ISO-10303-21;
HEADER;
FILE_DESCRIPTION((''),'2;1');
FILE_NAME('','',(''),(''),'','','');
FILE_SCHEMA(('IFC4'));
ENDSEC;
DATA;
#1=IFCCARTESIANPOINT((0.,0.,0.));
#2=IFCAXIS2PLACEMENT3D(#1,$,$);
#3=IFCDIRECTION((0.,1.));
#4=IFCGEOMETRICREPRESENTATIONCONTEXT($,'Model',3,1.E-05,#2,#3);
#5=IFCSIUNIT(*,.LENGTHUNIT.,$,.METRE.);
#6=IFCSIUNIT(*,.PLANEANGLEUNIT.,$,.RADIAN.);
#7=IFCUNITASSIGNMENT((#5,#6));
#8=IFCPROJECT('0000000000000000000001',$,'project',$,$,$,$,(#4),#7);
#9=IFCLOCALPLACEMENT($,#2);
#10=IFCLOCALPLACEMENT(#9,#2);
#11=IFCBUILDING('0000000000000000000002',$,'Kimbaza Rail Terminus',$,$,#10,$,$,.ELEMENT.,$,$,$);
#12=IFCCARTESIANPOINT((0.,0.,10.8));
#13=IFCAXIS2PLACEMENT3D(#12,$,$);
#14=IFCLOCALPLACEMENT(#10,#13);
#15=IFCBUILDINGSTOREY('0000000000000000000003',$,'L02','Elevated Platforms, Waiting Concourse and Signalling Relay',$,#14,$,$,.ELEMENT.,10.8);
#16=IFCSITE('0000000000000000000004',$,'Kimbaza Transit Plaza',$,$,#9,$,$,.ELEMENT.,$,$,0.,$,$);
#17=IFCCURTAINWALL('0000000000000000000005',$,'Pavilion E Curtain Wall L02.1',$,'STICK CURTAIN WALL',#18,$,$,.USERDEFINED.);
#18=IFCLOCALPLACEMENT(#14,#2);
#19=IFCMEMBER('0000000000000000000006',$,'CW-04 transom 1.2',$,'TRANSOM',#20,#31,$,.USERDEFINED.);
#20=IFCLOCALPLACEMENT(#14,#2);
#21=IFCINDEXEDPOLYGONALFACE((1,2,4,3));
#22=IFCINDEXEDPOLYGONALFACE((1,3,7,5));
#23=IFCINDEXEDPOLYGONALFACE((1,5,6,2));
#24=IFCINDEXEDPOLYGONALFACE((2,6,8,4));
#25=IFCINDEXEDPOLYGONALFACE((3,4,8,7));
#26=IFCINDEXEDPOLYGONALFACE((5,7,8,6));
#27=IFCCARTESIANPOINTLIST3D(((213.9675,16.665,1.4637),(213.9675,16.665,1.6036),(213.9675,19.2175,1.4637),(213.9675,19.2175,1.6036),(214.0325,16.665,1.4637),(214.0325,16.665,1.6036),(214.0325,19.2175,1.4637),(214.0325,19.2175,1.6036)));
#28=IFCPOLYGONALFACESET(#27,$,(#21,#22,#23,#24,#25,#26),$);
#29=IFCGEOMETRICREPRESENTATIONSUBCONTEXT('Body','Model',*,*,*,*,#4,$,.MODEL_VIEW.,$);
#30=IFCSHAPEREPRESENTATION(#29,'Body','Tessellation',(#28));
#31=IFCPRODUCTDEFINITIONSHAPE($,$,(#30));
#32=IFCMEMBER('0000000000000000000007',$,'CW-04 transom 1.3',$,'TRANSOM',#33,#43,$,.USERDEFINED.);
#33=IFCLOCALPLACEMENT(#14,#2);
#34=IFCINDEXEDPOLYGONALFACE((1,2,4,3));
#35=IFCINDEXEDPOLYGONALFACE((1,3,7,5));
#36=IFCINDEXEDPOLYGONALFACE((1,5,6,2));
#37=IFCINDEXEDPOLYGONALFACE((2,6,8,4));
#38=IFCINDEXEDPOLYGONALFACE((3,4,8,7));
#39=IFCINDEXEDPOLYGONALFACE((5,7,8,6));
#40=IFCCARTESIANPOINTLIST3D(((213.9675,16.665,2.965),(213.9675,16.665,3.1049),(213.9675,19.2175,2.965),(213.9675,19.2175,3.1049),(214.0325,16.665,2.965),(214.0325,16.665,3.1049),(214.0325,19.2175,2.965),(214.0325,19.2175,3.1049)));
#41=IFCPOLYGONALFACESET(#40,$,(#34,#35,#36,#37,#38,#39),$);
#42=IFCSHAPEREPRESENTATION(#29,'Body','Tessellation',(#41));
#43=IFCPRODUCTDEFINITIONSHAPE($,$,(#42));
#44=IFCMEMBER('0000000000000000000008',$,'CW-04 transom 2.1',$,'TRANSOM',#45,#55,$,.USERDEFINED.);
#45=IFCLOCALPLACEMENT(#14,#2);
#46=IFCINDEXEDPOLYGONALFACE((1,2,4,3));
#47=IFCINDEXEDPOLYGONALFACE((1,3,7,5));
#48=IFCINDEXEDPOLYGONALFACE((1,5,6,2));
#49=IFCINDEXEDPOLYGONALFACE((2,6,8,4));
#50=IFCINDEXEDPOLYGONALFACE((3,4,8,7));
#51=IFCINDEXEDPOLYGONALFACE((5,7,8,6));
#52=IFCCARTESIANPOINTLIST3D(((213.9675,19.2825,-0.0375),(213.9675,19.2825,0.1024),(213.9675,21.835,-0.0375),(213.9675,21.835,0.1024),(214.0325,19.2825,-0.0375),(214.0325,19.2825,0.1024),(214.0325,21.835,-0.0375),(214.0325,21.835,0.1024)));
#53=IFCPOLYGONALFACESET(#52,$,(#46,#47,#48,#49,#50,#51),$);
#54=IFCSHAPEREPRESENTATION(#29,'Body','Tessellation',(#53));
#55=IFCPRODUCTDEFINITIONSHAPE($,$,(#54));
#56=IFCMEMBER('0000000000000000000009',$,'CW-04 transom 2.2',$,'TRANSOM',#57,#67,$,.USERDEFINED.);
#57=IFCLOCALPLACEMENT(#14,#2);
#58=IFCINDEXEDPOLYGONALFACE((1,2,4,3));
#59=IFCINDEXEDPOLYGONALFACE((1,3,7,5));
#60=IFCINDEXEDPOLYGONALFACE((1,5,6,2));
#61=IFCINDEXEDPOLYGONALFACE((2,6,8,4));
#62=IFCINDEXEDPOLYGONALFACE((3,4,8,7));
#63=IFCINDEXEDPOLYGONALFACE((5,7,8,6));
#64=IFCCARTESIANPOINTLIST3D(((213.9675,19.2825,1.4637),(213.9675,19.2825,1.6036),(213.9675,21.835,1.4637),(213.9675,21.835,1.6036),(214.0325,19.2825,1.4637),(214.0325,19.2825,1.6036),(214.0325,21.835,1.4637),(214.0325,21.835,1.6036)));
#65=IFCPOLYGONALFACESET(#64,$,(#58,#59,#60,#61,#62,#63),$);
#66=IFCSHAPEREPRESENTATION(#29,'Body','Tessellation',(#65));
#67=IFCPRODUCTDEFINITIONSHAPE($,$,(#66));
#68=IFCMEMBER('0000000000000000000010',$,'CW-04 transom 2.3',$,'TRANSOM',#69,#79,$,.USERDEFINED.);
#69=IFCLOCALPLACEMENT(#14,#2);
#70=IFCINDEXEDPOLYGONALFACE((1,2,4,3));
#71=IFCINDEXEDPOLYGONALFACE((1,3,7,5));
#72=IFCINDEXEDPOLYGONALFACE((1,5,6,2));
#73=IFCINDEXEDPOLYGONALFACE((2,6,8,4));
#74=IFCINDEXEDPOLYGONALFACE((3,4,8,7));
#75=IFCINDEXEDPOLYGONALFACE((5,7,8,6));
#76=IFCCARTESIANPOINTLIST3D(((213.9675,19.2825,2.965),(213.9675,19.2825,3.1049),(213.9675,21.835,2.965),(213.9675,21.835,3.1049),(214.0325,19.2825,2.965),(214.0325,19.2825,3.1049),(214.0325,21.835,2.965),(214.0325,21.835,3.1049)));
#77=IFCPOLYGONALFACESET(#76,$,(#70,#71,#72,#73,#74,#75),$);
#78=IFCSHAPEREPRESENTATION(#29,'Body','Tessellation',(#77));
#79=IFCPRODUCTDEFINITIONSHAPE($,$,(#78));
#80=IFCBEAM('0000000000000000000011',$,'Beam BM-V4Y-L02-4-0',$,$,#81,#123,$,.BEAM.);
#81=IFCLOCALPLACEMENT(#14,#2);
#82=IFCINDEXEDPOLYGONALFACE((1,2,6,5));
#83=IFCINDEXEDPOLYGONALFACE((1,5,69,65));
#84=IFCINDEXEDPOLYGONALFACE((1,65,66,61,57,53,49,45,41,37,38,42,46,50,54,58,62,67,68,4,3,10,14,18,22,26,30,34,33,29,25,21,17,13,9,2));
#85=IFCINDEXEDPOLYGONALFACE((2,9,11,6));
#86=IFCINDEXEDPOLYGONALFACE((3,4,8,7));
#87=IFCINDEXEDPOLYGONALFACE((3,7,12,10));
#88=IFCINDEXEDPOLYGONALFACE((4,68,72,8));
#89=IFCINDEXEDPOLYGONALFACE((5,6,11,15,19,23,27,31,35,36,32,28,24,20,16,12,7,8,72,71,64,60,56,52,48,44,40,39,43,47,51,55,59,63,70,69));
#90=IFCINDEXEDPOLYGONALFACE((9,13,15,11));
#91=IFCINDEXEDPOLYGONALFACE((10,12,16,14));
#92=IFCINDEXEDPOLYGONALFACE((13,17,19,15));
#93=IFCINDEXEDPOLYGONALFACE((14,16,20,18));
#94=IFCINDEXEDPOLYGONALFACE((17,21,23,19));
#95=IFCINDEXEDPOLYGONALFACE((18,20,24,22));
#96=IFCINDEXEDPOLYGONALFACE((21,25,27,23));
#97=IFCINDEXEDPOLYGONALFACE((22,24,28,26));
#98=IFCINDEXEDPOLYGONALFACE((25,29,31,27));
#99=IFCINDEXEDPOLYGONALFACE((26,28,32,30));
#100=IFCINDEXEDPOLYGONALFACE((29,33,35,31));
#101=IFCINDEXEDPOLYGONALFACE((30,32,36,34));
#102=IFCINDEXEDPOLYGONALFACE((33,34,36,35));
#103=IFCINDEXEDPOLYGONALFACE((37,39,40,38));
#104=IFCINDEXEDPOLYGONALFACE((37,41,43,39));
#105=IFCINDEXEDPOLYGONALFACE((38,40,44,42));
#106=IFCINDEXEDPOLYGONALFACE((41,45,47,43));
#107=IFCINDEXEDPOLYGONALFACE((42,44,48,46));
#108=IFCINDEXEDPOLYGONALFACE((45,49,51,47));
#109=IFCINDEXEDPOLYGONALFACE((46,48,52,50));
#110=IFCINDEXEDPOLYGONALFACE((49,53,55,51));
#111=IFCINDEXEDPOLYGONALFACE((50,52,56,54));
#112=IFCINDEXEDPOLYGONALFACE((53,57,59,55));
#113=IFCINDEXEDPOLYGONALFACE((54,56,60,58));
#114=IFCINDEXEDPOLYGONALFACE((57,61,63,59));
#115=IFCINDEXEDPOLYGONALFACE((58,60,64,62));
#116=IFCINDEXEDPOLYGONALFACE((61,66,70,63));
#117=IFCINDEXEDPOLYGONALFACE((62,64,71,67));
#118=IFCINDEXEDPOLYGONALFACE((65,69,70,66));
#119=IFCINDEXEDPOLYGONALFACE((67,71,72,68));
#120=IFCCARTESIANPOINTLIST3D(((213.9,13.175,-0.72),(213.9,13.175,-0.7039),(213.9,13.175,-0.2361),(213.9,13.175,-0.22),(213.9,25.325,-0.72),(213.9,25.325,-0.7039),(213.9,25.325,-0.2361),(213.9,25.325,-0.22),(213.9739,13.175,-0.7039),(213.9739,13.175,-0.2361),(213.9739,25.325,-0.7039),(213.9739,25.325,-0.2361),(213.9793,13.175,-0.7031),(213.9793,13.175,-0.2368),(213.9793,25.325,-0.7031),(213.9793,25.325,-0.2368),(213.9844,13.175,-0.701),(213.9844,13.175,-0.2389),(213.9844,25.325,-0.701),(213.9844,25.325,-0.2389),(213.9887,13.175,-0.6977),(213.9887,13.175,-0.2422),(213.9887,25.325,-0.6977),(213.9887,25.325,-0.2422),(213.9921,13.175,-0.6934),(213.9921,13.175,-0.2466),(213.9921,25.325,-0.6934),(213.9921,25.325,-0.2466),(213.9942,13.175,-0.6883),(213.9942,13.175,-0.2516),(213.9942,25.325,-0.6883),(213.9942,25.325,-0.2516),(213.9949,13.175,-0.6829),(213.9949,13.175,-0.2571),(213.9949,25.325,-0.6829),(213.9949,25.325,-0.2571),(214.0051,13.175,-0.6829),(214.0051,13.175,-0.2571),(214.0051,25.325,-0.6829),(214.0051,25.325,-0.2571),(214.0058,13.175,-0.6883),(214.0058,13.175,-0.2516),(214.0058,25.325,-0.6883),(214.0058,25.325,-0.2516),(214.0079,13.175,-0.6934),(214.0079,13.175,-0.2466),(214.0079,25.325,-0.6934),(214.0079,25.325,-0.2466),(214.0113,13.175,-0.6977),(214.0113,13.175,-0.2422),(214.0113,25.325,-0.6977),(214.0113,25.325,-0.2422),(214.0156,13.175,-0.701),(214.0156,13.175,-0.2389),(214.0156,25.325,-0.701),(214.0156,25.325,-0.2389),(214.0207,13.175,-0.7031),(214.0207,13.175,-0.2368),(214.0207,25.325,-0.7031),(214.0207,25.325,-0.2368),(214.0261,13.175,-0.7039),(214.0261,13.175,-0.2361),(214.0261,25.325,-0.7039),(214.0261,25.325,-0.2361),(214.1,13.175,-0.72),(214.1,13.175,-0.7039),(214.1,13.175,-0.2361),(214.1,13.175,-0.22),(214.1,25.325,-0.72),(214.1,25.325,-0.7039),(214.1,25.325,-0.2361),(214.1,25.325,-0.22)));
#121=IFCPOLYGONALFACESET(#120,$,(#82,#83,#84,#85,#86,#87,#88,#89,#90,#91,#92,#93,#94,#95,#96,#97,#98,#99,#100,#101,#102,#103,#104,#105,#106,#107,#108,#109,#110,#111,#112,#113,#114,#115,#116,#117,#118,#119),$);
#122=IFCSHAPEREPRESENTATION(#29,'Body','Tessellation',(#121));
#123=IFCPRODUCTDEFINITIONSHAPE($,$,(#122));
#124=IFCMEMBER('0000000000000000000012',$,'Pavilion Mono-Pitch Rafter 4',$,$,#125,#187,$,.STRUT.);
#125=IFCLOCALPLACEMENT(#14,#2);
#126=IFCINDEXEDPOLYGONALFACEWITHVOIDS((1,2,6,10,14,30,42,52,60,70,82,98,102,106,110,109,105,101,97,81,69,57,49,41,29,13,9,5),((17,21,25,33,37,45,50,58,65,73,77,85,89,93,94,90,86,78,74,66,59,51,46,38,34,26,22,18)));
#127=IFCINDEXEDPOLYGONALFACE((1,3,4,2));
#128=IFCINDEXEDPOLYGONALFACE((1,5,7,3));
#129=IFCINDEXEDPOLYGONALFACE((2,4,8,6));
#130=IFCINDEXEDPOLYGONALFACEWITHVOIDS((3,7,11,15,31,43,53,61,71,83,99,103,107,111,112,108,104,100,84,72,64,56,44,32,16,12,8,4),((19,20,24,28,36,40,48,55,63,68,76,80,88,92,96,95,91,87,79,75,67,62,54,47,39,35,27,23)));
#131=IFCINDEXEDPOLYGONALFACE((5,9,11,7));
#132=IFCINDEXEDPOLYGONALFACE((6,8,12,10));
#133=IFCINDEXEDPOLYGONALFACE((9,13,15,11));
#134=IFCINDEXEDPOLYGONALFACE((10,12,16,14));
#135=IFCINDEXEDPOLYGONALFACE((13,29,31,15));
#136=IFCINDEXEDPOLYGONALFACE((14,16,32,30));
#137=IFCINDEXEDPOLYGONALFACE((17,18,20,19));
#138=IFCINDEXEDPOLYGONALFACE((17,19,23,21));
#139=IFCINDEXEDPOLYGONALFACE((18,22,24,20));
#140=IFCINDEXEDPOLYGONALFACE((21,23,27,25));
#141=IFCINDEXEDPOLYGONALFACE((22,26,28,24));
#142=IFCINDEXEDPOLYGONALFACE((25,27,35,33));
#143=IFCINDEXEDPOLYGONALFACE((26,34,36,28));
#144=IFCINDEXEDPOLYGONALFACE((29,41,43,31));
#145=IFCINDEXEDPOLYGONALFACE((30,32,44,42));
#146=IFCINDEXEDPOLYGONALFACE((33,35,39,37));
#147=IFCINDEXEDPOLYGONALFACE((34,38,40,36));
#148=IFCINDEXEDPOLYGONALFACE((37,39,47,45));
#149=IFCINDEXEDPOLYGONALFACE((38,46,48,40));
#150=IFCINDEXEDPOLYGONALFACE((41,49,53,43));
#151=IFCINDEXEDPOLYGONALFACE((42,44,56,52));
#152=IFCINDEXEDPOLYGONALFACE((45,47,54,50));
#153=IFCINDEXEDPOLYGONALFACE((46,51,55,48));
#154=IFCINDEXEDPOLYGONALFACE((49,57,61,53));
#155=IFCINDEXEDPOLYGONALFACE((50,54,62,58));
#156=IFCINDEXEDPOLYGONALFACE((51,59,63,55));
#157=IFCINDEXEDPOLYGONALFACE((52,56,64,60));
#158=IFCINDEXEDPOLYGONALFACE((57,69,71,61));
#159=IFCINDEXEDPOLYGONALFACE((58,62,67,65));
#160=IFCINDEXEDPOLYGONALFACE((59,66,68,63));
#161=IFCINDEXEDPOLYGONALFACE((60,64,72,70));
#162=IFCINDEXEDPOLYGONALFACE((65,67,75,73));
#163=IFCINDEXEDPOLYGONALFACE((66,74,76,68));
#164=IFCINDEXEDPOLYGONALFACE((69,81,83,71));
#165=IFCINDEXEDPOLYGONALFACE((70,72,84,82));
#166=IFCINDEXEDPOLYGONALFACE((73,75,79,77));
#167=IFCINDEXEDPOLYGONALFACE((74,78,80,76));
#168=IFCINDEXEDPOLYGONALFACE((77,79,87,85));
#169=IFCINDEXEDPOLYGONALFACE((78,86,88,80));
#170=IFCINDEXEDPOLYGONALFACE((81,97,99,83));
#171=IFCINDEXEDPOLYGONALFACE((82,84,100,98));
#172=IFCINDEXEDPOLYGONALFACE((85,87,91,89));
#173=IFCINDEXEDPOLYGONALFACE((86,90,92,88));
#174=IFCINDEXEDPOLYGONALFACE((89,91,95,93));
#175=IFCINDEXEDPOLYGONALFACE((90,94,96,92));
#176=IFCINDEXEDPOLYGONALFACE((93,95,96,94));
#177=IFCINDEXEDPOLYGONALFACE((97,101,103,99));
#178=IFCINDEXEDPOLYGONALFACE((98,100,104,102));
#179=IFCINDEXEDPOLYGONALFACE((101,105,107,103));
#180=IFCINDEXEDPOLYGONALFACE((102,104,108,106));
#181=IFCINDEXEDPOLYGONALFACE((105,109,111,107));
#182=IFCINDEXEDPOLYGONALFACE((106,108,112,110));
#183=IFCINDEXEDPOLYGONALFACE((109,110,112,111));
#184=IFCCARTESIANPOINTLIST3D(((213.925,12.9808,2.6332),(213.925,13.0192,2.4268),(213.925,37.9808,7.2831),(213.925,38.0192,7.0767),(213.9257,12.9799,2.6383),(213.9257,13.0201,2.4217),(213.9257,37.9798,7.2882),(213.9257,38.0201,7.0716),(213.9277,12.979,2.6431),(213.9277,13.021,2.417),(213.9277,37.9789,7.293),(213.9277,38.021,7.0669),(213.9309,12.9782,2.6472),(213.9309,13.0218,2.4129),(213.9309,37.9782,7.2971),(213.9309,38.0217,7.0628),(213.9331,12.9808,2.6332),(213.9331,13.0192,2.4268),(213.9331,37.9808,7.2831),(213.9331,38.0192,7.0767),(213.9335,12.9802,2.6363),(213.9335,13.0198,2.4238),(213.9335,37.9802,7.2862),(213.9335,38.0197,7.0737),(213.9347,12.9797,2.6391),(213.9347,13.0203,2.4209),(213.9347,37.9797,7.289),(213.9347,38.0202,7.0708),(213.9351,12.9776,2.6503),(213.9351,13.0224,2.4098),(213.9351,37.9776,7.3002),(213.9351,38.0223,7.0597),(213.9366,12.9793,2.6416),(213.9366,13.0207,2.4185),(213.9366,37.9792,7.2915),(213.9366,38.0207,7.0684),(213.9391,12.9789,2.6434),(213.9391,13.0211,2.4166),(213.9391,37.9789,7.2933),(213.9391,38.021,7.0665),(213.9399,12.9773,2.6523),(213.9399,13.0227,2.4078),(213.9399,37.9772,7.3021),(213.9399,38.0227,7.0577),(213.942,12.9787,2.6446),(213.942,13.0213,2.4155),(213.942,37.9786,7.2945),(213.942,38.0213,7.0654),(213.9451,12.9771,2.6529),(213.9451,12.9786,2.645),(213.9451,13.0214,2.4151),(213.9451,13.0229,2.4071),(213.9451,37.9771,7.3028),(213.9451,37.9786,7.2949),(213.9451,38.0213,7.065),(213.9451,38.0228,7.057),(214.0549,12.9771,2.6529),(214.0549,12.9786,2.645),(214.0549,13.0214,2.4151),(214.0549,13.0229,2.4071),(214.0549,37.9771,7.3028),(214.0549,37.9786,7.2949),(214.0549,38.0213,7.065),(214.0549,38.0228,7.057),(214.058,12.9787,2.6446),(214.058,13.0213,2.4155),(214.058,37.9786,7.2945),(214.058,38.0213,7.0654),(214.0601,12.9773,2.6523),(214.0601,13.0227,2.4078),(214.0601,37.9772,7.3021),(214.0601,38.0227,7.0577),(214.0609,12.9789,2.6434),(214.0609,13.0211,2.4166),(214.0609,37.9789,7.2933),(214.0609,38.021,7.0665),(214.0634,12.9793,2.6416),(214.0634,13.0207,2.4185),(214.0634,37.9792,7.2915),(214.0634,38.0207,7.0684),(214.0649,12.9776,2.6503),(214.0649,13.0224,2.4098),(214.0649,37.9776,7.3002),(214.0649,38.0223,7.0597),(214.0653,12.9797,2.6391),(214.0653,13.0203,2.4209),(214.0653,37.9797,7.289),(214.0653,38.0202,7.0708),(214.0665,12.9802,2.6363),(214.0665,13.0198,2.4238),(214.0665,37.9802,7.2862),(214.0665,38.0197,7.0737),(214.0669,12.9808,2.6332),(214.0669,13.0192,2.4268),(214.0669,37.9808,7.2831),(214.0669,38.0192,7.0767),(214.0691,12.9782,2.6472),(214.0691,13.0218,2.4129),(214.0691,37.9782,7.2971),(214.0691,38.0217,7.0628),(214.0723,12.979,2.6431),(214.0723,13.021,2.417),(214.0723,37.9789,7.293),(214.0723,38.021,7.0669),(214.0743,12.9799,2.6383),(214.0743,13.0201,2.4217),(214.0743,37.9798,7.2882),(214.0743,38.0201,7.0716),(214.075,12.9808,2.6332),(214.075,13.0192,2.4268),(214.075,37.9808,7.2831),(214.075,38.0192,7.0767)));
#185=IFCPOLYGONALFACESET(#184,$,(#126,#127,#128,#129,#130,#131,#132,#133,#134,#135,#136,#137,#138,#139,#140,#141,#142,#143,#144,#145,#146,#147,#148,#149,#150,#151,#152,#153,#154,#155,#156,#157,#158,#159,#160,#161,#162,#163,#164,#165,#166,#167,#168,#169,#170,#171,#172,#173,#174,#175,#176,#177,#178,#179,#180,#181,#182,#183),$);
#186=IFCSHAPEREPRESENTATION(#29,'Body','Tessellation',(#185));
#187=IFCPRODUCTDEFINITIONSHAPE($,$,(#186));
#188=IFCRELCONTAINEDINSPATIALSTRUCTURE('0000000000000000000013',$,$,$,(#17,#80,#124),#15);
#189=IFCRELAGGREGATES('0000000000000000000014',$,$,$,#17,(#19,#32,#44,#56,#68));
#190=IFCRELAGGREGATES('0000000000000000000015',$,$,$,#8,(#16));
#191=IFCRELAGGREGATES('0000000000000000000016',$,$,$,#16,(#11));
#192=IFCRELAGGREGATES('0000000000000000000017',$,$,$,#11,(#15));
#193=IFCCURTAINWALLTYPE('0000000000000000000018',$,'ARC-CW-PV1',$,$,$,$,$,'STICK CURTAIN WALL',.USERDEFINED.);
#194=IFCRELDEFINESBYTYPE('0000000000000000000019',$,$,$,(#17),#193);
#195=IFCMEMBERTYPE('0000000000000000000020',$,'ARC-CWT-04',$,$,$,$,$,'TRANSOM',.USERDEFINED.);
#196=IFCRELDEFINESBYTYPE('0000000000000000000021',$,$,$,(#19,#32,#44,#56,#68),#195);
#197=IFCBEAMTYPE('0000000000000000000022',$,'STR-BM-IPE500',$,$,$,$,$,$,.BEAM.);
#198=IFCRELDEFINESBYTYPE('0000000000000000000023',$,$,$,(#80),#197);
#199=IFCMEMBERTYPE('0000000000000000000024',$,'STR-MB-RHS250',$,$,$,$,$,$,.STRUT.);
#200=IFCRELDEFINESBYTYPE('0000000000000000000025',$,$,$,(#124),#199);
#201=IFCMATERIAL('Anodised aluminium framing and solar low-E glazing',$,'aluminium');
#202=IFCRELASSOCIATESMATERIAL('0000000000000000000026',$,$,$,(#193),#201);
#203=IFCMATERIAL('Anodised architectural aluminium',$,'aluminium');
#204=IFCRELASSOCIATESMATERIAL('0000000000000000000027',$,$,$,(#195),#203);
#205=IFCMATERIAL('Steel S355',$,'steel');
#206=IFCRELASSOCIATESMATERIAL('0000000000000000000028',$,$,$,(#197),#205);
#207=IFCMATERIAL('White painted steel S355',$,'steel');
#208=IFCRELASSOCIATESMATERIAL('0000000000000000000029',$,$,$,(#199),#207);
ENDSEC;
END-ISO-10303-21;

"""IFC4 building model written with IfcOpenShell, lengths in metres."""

from ifc_helpers import new_model, si_unit, direction, frame, origin, origin_2d, place, context, subcontext, project, spatial, rectangle, hollow_rectangle, i_section, extrude, material, material_profile, profile_set, type_object, element, aggregate, save


model = new_model("IFC4")

# Units and contexts
model_context = context("Model", 3, precision=1e-05, world=origin(), true_north=direction((0.0, 1.0)))
body_context = subcontext(model_context, "Body", "Model", "MODEL_VIEW")
ifc_project = project(units=[si_unit("LENGTHUNIT", "METRE"), si_unit("PLANEANGLEUNIT", "RADIAN")], contexts=[model_context])

# Site, building, storey
site_placement = place(None, origin())
site = spatial("IfcSite", under=ifc_project, at=site_placement, Name="Kimbaza Transit Plaza", CompositionType="ELEMENT", RefElevation=0.0)
building_placement = place(site_placement, origin())
building = spatial("IfcBuilding", under=site, at=building_placement, Name="Kimbaza Rail Terminus", CompositionType="ELEMENT")
storey_placement = place(building_placement, frame((0.0, 0.0, 10.8)))
storey = spatial("IfcBuildingStorey", under=building, at=storey_placement, Name="L02", Description="Elevated Platforms, Waiting Concourse and Signalling Relay", CompositionType="ELEMENT", Elevation=10.8)

# Shared definitions
ifc_material_1 = material(Name="Anodised aluminium framing and solar low-E glazing", Category="aluminium")
curtain_wall_type = type_object("IfcCurtainWallType", Name="ARC-CW-PV1", ElementType="STICK CURTAIN WALL", PredefinedType="USERDEFINED", material=ifc_material_1)

# Curtain wall
curtain_wall_1_placement = place(storey_placement, origin())
curtain_wall_1 = element("IfcCurtainWall", 1, at=curtain_wall_1_placement, inside=storey, type_object=curtain_wall_type, Name="Pavilion E Curtain Wall L02.1", ObjectType="STICK CURTAIN WALL", PredefinedType="USERDEFINED")

# Members
ifc_material_2 = material(Name="Anodised architectural aluminium", Category="aluminium")
ifc_material_profile_1 = material_profile(ifc_material_2, rectangle(XDim=0.0649, YDim=0.1399, at=origin_2d()), Name="TRANSOM 65x140")
ifc_profile_set_1 = profile_set([ifc_material_profile_1], Name="Anodised architectural aluminium")
member_type_1 = type_object("IfcMemberType", Name="ARC-CWT-04", ElementType="TRANSOM", PredefinedType="USERDEFINED", material=ifc_profile_set_1)
member_1_placement = place(storey_placement, frame((214.0, 16.665, 1.5337), z_axis=(0.0, 1.0, 0.0), x_axis=(-1.0, 0.0, 0.0)))
member_1 = element("IfcMember", 2, at=member_1_placement, type_object=member_type_1, Name="CW-04 transom 1.2", ObjectType="TRANSOM", PredefinedType="USERDEFINED", context=body_context, shape_type="SweptSolid", body=[
    extrude(rectangle(XDim=0.0649, YDim=0.1399, at=origin_2d()), origin(), (0.0, 0.0, 1.0), 2.5525),
])
member_2_placement = place(storey_placement, frame((214.0, 16.665, 3.0349), z_axis=(0.0, 1.0, 0.0), x_axis=(-1.0, 0.0, 0.0)))
member_2 = element("IfcMember", 3, at=member_2_placement, type_object=member_type_1, Name="CW-04 transom 1.3", ObjectType="TRANSOM", PredefinedType="USERDEFINED", context=body_context, shape_type="SweptSolid", body=[
    extrude(rectangle(XDim=0.0649, YDim=0.1399, at=origin_2d()), origin(), (0.0, 0.0, 1.0), 2.5525),
])
member_3_placement = place(storey_placement, frame((214.0, 19.2825, 0.0325), z_axis=(0.0, 1.0, 0.0), x_axis=(-1.0, 0.0, 0.0)))
member_3 = element("IfcMember", 4, at=member_3_placement, type_object=member_type_1, Name="CW-04 transom 2.1", ObjectType="TRANSOM", PredefinedType="USERDEFINED", context=body_context, shape_type="SweptSolid", body=[
    extrude(rectangle(XDim=0.0649, YDim=0.1399, at=origin_2d()), origin(), (0.0, 0.0, 1.0), 2.5525),
])
member_4_placement = place(storey_placement, frame((214.0, 19.2825, 1.5337), z_axis=(0.0, 1.0, 0.0), x_axis=(-1.0, 0.0, 0.0)))
member_4 = element("IfcMember", 5, at=member_4_placement, type_object=member_type_1, Name="CW-04 transom 2.2", ObjectType="TRANSOM", PredefinedType="USERDEFINED", context=body_context, shape_type="SweptSolid", body=[
    extrude(rectangle(XDim=0.0649, YDim=0.1399, at=origin_2d()), origin(), (0.0, 0.0, 1.0), 2.5525),
])
member_5_placement = place(storey_placement, frame((214.0, 19.2825, 3.0349), z_axis=(0.0, 1.0, 0.0), x_axis=(-1.0, 0.0, 0.0)))
member_5 = element("IfcMember", 6, at=member_5_placement, type_object=member_type_1, Name="CW-04 transom 2.3", ObjectType="TRANSOM", PredefinedType="USERDEFINED", context=body_context, shape_type="SweptSolid", body=[
    extrude(rectangle(XDim=0.0649, YDim=0.1399, at=origin_2d()), origin(), (0.0, 0.0, 1.0), 2.5525),
])

# Beam
ifc_material_3 = material(Name="Steel S355", Category="steel")
ifc_material_profile_2 = material_profile(ifc_material_3, i_section(OverallWidth=0.2, OverallDepth=0.5, WebThickness=0.0103, FlangeThickness=0.0161, FilletRadius=0.021, at=origin_2d()), Name="IPE 500")
ifc_profile_set_2 = profile_set([ifc_material_profile_2], Name="Steel S355")
beam_type = type_object("IfcBeamType", Name="STR-BM-IPE500", PredefinedType="BEAM", material=ifc_profile_set_2)
beam_placement = place(storey_placement, frame((214.0, 13.175, -0.47), z_axis=(0.0, 1.0, 0.0), x_axis=(-1.0, 0.0, 0.0)))
element("IfcBeam", 7, at=beam_placement, inside=storey, type_object=beam_type, Name="Beam BM-V4Y-L02-4-0", PredefinedType="BEAM", context=body_context, shape_type="SweptSolid", body=[
    extrude(i_section(OverallWidth=0.2, OverallDepth=0.5, WebThickness=0.0103, FlangeThickness=0.0161, FilletRadius=0.021, at=origin_2d()), origin(), (0.0, 0.0, 1.0), 12.1499),
])

# Member
ifc_material_4 = material(Name="White painted steel S355", Category="steel")
ifc_material_profile_3 = material_profile(ifc_material_4, hollow_rectangle(XDim=0.1499, YDim=0.25, WallThickness=0.0081, InnerFilletRadius=0.012, OuterFilletRadius=0.02, at=origin_2d()), Name="RHS 250x150x8")
ifc_profile_set_3 = profile_set([ifc_material_profile_3], Name="White painted steel S355")
member_type_2 = type_object("IfcMemberType", Name="STR-MB-RHS250", PredefinedType="STRUT", material=ifc_profile_set_3)
member_6_placement = place(storey_placement, frame((214.0, 13.0, 2.53), z_axis=(0.0, 0.983139, 0.18286), x_axis=(-1.0, 0.0, 0.0)))
element("IfcMember", 8, at=member_6_placement, inside=storey, type_object=member_type_2, Name="Pavilion Mono-Pitch Rafter 4", PredefinedType="STRUT", context=body_context, shape_type="SweptSolid", body=[
    extrude(hollow_rectangle(XDim=0.1499, YDim=0.25, WallThickness=0.0081, InnerFilletRadius=0.012, OuterFilletRadius=0.02, at=origin_2d()), origin(), (0.0, 0.0, 1.0), 25.4287),
])

aggregate(curtain_wall_1, [member_1, member_2, member_3, member_4, member_5])

save(model, "model.ifc")
